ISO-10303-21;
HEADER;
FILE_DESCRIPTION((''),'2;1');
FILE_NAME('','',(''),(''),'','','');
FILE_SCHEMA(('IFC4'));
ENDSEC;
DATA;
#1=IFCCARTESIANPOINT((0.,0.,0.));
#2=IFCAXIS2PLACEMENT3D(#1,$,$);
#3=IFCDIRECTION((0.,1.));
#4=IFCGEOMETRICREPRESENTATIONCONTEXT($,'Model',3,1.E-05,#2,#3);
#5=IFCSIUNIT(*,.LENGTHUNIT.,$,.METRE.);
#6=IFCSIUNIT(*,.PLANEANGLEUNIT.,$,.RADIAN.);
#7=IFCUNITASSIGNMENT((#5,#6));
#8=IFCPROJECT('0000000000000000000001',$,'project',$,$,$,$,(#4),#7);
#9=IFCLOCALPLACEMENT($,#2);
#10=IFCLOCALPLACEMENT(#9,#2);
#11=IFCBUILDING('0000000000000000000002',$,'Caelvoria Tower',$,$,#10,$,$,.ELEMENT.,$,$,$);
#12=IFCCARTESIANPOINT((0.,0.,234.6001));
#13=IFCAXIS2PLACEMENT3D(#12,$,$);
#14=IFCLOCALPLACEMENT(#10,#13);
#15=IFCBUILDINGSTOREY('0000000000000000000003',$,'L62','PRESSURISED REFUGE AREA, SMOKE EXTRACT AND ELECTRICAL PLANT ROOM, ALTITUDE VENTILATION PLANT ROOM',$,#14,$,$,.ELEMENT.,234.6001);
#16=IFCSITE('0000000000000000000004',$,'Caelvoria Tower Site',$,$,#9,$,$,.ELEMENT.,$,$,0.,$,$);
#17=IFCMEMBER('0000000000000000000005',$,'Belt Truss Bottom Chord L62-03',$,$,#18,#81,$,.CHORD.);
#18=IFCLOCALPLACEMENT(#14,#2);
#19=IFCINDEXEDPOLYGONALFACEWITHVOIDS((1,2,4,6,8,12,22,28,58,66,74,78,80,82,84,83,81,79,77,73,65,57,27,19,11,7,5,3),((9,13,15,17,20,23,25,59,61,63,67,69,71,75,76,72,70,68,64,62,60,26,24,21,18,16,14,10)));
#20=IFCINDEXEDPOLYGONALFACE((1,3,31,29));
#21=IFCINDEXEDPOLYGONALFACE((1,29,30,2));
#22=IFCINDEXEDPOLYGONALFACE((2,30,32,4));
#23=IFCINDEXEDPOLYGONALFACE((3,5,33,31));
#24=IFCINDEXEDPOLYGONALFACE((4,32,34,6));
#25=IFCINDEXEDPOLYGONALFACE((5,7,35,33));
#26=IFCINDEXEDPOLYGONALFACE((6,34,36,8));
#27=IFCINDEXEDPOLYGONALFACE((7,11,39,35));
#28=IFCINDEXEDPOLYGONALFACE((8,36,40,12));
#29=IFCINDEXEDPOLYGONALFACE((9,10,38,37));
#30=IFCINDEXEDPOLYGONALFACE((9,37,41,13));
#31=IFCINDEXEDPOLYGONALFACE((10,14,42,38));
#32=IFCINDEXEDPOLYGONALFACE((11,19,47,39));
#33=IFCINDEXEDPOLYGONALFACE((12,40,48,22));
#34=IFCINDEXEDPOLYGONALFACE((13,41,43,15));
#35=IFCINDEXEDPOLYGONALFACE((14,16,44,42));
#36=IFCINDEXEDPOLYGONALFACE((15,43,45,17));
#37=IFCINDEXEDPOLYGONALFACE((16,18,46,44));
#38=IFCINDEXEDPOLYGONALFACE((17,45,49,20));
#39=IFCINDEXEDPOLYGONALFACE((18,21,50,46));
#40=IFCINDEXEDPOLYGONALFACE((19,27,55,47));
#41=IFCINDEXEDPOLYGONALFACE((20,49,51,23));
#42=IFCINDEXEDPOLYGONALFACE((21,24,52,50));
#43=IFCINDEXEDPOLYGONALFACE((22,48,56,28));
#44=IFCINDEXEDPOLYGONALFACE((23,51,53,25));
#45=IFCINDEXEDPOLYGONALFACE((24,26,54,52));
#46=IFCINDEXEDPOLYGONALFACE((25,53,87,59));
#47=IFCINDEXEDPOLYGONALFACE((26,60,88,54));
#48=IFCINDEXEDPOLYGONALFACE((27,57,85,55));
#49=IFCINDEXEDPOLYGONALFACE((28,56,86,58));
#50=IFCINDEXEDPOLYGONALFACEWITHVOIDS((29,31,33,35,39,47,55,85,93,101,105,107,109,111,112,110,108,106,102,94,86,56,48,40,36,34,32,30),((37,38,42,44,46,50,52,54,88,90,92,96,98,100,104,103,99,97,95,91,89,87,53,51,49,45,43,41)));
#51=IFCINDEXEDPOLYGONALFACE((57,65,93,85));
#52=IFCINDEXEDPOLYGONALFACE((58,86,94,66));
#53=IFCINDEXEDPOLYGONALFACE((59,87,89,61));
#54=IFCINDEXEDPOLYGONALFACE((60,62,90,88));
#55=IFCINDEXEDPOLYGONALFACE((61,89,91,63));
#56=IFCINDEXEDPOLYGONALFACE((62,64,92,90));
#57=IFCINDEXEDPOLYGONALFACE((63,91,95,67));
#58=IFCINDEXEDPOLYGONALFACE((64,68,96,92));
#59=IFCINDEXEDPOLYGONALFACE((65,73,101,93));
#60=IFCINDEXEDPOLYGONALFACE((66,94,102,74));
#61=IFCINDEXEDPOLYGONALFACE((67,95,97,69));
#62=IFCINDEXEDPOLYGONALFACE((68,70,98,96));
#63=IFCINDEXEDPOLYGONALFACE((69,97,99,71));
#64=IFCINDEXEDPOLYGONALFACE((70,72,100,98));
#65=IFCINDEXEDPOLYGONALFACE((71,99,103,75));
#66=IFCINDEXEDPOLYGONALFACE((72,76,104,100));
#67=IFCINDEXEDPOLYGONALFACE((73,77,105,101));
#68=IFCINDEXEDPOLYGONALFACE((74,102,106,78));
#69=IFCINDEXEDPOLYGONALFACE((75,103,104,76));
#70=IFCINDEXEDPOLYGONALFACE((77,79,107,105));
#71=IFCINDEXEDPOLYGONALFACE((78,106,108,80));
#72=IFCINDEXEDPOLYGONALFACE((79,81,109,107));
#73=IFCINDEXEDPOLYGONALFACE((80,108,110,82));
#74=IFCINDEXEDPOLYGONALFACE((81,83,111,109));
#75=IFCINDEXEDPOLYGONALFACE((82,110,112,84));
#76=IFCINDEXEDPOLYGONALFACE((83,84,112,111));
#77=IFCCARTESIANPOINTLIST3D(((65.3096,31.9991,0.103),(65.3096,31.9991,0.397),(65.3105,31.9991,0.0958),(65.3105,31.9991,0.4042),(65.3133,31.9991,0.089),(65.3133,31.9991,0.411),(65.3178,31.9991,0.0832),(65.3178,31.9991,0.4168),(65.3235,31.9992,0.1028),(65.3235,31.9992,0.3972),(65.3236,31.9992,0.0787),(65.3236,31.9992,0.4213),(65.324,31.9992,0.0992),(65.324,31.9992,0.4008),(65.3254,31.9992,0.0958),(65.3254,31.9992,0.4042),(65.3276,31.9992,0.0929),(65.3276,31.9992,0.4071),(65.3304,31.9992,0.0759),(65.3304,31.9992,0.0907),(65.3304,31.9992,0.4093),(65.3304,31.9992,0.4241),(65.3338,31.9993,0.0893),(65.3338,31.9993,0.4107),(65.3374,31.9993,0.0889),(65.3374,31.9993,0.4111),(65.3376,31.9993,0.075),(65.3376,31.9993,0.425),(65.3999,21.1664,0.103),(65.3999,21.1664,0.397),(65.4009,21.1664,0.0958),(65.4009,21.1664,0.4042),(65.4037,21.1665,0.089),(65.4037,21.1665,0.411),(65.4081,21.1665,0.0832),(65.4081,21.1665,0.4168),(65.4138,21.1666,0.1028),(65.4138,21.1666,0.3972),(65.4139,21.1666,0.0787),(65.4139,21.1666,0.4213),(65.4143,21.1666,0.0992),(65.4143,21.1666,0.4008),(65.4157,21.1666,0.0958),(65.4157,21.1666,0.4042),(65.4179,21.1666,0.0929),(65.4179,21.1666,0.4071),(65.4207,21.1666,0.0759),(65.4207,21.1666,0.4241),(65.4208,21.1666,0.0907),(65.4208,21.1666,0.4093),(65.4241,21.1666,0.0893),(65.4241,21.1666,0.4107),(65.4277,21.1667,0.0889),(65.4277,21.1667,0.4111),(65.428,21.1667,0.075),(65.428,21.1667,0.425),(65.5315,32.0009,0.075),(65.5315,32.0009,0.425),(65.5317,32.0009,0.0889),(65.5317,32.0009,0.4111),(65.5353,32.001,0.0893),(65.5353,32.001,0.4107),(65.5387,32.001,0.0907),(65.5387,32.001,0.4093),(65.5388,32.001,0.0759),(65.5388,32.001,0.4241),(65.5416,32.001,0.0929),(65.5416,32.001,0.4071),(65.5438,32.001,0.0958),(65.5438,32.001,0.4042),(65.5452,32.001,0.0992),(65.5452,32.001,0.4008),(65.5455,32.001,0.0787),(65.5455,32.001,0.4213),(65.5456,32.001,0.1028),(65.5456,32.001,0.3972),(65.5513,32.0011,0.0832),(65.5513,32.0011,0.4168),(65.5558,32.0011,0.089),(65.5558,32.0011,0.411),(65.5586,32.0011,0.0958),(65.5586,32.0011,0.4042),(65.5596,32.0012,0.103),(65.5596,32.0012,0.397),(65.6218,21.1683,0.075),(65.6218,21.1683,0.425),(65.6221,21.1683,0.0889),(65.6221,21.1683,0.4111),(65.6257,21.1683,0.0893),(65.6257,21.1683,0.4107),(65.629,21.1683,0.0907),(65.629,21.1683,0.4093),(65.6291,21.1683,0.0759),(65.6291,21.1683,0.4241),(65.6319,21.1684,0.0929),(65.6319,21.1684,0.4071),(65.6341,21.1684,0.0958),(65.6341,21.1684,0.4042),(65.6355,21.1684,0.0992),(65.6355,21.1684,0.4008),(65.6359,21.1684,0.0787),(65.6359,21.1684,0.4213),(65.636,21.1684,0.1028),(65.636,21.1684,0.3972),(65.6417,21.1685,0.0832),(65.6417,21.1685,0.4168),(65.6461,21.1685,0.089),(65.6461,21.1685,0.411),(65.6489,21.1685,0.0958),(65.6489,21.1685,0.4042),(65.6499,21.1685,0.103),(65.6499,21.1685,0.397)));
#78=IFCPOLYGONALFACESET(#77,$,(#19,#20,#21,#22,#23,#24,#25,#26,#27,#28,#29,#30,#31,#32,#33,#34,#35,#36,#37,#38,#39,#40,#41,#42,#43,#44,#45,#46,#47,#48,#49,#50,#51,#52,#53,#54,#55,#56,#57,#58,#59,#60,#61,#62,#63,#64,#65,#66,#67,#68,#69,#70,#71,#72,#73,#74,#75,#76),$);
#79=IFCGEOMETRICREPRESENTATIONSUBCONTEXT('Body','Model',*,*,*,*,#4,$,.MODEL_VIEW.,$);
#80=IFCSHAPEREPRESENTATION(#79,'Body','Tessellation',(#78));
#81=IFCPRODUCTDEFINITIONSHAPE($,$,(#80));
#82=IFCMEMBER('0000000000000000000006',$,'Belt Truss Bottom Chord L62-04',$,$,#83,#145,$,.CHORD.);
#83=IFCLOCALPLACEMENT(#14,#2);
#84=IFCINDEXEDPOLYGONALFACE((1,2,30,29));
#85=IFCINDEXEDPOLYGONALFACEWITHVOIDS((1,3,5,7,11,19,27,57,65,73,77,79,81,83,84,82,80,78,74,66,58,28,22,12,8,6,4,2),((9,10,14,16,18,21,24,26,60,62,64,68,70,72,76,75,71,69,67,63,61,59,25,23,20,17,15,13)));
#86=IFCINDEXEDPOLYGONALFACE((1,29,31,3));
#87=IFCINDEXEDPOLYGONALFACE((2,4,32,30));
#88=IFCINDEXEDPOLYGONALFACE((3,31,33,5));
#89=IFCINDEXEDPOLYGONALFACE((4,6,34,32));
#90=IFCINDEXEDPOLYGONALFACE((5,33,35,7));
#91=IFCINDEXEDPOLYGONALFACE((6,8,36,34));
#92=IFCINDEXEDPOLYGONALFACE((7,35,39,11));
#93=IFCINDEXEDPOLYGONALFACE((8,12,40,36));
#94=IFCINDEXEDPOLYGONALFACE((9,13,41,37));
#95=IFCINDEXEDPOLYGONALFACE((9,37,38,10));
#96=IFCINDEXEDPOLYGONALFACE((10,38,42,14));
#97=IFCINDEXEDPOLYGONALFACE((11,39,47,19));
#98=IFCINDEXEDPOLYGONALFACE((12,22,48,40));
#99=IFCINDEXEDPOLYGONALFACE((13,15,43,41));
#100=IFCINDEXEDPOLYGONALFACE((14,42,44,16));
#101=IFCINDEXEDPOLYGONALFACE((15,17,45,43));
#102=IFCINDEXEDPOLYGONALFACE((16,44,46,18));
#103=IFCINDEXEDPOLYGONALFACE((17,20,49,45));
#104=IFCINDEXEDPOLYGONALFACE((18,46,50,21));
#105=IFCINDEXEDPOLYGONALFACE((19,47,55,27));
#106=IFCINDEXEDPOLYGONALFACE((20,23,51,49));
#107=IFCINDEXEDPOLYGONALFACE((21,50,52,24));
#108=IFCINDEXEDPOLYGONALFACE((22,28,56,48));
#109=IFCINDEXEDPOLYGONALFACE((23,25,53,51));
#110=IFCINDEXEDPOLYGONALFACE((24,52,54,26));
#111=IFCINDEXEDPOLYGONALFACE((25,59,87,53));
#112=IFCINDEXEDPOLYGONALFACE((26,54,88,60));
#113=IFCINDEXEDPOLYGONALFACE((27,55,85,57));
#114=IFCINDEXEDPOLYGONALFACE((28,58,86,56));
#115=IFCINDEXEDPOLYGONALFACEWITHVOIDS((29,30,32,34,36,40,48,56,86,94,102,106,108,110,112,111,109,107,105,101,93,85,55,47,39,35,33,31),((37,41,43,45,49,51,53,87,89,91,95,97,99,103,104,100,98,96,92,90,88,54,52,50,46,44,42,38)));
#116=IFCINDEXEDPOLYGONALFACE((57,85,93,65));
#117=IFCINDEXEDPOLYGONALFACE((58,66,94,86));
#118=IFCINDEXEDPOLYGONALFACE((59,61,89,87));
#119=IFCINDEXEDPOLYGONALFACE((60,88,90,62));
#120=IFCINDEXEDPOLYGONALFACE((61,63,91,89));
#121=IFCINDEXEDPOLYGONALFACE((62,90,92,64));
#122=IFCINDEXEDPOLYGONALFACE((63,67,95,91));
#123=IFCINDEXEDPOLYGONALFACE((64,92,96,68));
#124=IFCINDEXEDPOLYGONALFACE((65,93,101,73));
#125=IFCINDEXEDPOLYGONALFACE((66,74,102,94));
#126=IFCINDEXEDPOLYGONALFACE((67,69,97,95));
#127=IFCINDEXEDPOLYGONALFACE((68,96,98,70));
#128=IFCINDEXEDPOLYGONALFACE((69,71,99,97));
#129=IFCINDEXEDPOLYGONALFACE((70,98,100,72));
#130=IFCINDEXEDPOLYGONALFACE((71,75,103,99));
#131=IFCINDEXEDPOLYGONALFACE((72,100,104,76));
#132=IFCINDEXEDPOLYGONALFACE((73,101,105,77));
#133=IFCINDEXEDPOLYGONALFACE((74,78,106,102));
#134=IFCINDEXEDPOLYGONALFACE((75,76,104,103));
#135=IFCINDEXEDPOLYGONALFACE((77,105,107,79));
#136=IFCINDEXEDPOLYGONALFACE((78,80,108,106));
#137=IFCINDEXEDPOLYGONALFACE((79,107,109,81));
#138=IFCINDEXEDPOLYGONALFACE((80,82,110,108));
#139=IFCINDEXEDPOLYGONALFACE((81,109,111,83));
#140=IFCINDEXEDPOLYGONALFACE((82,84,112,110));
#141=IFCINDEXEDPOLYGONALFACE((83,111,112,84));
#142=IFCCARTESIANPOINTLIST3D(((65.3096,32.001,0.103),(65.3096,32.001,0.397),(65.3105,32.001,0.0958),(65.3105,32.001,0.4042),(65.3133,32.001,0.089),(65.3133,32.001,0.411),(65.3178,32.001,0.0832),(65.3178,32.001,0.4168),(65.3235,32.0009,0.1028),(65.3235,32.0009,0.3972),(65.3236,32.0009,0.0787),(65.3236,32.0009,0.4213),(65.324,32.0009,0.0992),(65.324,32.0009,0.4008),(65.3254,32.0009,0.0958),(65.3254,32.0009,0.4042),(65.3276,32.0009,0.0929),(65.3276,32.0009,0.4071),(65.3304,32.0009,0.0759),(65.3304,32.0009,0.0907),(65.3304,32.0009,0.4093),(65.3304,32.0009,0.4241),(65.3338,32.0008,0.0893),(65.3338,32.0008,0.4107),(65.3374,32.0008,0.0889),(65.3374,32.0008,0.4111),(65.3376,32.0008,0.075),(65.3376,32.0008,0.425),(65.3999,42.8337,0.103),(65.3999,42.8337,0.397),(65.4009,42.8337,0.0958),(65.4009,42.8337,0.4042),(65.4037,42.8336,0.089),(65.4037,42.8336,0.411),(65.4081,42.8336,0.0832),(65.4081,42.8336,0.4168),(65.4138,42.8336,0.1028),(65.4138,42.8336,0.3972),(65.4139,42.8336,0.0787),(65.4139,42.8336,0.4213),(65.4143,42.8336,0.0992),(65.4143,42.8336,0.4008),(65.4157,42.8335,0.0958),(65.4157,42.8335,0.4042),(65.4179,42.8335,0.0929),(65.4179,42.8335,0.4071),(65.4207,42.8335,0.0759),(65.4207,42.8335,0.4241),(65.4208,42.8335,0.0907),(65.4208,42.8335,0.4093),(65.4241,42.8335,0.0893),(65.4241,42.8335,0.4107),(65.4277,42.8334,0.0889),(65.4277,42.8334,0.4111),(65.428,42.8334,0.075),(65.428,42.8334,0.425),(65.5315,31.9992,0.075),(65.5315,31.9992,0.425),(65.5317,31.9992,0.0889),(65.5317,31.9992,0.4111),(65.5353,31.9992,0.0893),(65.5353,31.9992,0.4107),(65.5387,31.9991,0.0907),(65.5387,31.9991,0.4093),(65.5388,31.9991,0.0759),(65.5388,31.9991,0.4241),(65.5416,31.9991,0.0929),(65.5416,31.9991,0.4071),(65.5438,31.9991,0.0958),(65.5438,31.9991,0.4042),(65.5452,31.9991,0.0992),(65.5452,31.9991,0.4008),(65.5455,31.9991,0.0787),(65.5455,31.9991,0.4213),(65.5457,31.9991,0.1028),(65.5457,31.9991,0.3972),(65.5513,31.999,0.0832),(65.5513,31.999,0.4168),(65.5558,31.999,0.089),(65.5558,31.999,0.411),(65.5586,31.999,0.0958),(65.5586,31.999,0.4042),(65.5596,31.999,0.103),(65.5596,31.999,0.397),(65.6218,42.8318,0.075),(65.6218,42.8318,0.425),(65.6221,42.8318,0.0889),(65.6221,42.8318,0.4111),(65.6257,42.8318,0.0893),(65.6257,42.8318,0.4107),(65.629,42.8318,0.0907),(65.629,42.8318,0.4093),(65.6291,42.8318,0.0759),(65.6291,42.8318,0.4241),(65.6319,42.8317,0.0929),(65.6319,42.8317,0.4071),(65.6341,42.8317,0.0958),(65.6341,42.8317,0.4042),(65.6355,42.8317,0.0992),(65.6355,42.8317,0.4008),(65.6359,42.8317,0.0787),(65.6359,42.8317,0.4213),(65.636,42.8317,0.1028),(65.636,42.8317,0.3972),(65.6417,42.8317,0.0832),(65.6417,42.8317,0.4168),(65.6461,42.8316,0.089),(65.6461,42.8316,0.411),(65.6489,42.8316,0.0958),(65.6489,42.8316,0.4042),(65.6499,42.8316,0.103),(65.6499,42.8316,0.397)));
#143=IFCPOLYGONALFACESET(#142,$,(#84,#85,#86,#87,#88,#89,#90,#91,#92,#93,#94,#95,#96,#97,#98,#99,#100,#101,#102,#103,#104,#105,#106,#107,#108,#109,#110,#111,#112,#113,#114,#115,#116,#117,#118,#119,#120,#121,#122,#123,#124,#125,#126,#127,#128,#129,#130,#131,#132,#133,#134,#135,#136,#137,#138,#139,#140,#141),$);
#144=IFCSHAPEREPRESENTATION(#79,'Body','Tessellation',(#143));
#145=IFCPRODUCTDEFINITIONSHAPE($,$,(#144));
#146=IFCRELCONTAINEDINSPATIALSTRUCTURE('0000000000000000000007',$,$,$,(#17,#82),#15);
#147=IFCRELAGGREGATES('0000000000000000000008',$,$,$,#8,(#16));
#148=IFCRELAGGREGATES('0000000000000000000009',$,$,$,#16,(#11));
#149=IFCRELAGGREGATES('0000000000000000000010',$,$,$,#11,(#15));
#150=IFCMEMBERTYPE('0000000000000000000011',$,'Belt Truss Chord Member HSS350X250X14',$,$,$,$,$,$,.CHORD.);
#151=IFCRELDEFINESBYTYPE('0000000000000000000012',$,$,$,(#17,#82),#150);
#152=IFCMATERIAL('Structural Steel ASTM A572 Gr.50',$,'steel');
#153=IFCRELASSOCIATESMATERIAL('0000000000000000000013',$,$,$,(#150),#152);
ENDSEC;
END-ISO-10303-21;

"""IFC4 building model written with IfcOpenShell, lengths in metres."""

from ifc_helpers import new_model, si_unit, direction, frame, origin, origin_2d, place, context, subcontext, project, spatial, hollow_rectangle, extrude, material, material_profile, profile_set, type_object, element, save


model = new_model("IFC4")

# Units and contexts
model_context = context("Model", 3, precision=1e-05, world=origin(), true_north=direction((0.0, 1.0)))
body_context = subcontext(model_context, "Body", "Model", "MODEL_VIEW")
ifc_project = project(units=[si_unit("LENGTHUNIT", "METRE"), si_unit("PLANEANGLEUNIT", "RADIAN")], contexts=[model_context])

# Site, building, storey
site_placement = place(None, origin())
site = spatial("IfcSite", under=ifc_project, at=site_placement, Name="Caelvoria Tower Site", CompositionType="ELEMENT", RefElevation=0.0)
building_placement = place(site_placement, origin())
building = spatial("IfcBuilding", under=site, at=building_placement, Name="Caelvoria Tower", CompositionType="ELEMENT")
storey_placement = place(building_placement, frame((0.0, 0.0, 234.6001)))
storey = spatial("IfcBuildingStorey", under=building, at=storey_placement, Name="L62", Description="PRESSURISED REFUGE AREA, SMOKE EXTRACT AND ELECTRICAL PLANT ROOM, ALTITUDE VENTILATION PLANT ROOM", CompositionType="ELEMENT", Elevation=234.6001)

# Shared definitions
ifc_material_1 = material(Name="Structural Steel ASTM A572 Gr.50", Category="steel")

# Members
ifc_material_profile_1 = material_profile(ifc_material_1, hollow_rectangle(XDim=0.25, YDim=0.3501, WallThickness=0.0139, InnerFilletRadius=0.0139, OuterFilletRadius=0.0281, at=origin_2d()), Name="Structural Steel ASTM A572 Gr.50")
ifc_profile_set_1 = profile_set([ifc_material_profile_1], Name="HSS350X250X14 - Structural Steel ASTM A572 Gr.50")
member_type_1 = type_object("IfcMemberType", Name="Belt Truss Chord Member HSS350X250X14", PredefinedType="CHORD", material=ifc_profile_set_1)
for number, where, z_axis, x_axis, name in (
    (1, (65.5249, 21.1675, 0.25), (-0.008339, 0.999965, 0.0), (-0.999965, -0.008339, 0.0), "Belt Truss Bottom Chord L62-03"),
    (2, (65.4346, 32.0, 0.25), (0.008339, 0.999965, 0.0), (-0.999965, 0.008339, 0.0), "Belt Truss Bottom Chord L62-04"),
):
    element("IfcMember", number, at=place(storey_placement, frame(where, z_axis=z_axis, x_axis=x_axis)), inside=storey, type_object=member_type_1, Name=name, PredefinedType="CHORD", context=body_context, shape_type="SweptSolid", body=[
        extrude(hollow_rectangle(XDim=0.25, YDim=0.3501, WallThickness=0.0139, InnerFilletRadius=0.0139, OuterFilletRadius=0.0281, at=origin_2d()), origin(), (0.0, 0.0, 1.0), 10.833),
    ])

save(model, "model.ifc")
